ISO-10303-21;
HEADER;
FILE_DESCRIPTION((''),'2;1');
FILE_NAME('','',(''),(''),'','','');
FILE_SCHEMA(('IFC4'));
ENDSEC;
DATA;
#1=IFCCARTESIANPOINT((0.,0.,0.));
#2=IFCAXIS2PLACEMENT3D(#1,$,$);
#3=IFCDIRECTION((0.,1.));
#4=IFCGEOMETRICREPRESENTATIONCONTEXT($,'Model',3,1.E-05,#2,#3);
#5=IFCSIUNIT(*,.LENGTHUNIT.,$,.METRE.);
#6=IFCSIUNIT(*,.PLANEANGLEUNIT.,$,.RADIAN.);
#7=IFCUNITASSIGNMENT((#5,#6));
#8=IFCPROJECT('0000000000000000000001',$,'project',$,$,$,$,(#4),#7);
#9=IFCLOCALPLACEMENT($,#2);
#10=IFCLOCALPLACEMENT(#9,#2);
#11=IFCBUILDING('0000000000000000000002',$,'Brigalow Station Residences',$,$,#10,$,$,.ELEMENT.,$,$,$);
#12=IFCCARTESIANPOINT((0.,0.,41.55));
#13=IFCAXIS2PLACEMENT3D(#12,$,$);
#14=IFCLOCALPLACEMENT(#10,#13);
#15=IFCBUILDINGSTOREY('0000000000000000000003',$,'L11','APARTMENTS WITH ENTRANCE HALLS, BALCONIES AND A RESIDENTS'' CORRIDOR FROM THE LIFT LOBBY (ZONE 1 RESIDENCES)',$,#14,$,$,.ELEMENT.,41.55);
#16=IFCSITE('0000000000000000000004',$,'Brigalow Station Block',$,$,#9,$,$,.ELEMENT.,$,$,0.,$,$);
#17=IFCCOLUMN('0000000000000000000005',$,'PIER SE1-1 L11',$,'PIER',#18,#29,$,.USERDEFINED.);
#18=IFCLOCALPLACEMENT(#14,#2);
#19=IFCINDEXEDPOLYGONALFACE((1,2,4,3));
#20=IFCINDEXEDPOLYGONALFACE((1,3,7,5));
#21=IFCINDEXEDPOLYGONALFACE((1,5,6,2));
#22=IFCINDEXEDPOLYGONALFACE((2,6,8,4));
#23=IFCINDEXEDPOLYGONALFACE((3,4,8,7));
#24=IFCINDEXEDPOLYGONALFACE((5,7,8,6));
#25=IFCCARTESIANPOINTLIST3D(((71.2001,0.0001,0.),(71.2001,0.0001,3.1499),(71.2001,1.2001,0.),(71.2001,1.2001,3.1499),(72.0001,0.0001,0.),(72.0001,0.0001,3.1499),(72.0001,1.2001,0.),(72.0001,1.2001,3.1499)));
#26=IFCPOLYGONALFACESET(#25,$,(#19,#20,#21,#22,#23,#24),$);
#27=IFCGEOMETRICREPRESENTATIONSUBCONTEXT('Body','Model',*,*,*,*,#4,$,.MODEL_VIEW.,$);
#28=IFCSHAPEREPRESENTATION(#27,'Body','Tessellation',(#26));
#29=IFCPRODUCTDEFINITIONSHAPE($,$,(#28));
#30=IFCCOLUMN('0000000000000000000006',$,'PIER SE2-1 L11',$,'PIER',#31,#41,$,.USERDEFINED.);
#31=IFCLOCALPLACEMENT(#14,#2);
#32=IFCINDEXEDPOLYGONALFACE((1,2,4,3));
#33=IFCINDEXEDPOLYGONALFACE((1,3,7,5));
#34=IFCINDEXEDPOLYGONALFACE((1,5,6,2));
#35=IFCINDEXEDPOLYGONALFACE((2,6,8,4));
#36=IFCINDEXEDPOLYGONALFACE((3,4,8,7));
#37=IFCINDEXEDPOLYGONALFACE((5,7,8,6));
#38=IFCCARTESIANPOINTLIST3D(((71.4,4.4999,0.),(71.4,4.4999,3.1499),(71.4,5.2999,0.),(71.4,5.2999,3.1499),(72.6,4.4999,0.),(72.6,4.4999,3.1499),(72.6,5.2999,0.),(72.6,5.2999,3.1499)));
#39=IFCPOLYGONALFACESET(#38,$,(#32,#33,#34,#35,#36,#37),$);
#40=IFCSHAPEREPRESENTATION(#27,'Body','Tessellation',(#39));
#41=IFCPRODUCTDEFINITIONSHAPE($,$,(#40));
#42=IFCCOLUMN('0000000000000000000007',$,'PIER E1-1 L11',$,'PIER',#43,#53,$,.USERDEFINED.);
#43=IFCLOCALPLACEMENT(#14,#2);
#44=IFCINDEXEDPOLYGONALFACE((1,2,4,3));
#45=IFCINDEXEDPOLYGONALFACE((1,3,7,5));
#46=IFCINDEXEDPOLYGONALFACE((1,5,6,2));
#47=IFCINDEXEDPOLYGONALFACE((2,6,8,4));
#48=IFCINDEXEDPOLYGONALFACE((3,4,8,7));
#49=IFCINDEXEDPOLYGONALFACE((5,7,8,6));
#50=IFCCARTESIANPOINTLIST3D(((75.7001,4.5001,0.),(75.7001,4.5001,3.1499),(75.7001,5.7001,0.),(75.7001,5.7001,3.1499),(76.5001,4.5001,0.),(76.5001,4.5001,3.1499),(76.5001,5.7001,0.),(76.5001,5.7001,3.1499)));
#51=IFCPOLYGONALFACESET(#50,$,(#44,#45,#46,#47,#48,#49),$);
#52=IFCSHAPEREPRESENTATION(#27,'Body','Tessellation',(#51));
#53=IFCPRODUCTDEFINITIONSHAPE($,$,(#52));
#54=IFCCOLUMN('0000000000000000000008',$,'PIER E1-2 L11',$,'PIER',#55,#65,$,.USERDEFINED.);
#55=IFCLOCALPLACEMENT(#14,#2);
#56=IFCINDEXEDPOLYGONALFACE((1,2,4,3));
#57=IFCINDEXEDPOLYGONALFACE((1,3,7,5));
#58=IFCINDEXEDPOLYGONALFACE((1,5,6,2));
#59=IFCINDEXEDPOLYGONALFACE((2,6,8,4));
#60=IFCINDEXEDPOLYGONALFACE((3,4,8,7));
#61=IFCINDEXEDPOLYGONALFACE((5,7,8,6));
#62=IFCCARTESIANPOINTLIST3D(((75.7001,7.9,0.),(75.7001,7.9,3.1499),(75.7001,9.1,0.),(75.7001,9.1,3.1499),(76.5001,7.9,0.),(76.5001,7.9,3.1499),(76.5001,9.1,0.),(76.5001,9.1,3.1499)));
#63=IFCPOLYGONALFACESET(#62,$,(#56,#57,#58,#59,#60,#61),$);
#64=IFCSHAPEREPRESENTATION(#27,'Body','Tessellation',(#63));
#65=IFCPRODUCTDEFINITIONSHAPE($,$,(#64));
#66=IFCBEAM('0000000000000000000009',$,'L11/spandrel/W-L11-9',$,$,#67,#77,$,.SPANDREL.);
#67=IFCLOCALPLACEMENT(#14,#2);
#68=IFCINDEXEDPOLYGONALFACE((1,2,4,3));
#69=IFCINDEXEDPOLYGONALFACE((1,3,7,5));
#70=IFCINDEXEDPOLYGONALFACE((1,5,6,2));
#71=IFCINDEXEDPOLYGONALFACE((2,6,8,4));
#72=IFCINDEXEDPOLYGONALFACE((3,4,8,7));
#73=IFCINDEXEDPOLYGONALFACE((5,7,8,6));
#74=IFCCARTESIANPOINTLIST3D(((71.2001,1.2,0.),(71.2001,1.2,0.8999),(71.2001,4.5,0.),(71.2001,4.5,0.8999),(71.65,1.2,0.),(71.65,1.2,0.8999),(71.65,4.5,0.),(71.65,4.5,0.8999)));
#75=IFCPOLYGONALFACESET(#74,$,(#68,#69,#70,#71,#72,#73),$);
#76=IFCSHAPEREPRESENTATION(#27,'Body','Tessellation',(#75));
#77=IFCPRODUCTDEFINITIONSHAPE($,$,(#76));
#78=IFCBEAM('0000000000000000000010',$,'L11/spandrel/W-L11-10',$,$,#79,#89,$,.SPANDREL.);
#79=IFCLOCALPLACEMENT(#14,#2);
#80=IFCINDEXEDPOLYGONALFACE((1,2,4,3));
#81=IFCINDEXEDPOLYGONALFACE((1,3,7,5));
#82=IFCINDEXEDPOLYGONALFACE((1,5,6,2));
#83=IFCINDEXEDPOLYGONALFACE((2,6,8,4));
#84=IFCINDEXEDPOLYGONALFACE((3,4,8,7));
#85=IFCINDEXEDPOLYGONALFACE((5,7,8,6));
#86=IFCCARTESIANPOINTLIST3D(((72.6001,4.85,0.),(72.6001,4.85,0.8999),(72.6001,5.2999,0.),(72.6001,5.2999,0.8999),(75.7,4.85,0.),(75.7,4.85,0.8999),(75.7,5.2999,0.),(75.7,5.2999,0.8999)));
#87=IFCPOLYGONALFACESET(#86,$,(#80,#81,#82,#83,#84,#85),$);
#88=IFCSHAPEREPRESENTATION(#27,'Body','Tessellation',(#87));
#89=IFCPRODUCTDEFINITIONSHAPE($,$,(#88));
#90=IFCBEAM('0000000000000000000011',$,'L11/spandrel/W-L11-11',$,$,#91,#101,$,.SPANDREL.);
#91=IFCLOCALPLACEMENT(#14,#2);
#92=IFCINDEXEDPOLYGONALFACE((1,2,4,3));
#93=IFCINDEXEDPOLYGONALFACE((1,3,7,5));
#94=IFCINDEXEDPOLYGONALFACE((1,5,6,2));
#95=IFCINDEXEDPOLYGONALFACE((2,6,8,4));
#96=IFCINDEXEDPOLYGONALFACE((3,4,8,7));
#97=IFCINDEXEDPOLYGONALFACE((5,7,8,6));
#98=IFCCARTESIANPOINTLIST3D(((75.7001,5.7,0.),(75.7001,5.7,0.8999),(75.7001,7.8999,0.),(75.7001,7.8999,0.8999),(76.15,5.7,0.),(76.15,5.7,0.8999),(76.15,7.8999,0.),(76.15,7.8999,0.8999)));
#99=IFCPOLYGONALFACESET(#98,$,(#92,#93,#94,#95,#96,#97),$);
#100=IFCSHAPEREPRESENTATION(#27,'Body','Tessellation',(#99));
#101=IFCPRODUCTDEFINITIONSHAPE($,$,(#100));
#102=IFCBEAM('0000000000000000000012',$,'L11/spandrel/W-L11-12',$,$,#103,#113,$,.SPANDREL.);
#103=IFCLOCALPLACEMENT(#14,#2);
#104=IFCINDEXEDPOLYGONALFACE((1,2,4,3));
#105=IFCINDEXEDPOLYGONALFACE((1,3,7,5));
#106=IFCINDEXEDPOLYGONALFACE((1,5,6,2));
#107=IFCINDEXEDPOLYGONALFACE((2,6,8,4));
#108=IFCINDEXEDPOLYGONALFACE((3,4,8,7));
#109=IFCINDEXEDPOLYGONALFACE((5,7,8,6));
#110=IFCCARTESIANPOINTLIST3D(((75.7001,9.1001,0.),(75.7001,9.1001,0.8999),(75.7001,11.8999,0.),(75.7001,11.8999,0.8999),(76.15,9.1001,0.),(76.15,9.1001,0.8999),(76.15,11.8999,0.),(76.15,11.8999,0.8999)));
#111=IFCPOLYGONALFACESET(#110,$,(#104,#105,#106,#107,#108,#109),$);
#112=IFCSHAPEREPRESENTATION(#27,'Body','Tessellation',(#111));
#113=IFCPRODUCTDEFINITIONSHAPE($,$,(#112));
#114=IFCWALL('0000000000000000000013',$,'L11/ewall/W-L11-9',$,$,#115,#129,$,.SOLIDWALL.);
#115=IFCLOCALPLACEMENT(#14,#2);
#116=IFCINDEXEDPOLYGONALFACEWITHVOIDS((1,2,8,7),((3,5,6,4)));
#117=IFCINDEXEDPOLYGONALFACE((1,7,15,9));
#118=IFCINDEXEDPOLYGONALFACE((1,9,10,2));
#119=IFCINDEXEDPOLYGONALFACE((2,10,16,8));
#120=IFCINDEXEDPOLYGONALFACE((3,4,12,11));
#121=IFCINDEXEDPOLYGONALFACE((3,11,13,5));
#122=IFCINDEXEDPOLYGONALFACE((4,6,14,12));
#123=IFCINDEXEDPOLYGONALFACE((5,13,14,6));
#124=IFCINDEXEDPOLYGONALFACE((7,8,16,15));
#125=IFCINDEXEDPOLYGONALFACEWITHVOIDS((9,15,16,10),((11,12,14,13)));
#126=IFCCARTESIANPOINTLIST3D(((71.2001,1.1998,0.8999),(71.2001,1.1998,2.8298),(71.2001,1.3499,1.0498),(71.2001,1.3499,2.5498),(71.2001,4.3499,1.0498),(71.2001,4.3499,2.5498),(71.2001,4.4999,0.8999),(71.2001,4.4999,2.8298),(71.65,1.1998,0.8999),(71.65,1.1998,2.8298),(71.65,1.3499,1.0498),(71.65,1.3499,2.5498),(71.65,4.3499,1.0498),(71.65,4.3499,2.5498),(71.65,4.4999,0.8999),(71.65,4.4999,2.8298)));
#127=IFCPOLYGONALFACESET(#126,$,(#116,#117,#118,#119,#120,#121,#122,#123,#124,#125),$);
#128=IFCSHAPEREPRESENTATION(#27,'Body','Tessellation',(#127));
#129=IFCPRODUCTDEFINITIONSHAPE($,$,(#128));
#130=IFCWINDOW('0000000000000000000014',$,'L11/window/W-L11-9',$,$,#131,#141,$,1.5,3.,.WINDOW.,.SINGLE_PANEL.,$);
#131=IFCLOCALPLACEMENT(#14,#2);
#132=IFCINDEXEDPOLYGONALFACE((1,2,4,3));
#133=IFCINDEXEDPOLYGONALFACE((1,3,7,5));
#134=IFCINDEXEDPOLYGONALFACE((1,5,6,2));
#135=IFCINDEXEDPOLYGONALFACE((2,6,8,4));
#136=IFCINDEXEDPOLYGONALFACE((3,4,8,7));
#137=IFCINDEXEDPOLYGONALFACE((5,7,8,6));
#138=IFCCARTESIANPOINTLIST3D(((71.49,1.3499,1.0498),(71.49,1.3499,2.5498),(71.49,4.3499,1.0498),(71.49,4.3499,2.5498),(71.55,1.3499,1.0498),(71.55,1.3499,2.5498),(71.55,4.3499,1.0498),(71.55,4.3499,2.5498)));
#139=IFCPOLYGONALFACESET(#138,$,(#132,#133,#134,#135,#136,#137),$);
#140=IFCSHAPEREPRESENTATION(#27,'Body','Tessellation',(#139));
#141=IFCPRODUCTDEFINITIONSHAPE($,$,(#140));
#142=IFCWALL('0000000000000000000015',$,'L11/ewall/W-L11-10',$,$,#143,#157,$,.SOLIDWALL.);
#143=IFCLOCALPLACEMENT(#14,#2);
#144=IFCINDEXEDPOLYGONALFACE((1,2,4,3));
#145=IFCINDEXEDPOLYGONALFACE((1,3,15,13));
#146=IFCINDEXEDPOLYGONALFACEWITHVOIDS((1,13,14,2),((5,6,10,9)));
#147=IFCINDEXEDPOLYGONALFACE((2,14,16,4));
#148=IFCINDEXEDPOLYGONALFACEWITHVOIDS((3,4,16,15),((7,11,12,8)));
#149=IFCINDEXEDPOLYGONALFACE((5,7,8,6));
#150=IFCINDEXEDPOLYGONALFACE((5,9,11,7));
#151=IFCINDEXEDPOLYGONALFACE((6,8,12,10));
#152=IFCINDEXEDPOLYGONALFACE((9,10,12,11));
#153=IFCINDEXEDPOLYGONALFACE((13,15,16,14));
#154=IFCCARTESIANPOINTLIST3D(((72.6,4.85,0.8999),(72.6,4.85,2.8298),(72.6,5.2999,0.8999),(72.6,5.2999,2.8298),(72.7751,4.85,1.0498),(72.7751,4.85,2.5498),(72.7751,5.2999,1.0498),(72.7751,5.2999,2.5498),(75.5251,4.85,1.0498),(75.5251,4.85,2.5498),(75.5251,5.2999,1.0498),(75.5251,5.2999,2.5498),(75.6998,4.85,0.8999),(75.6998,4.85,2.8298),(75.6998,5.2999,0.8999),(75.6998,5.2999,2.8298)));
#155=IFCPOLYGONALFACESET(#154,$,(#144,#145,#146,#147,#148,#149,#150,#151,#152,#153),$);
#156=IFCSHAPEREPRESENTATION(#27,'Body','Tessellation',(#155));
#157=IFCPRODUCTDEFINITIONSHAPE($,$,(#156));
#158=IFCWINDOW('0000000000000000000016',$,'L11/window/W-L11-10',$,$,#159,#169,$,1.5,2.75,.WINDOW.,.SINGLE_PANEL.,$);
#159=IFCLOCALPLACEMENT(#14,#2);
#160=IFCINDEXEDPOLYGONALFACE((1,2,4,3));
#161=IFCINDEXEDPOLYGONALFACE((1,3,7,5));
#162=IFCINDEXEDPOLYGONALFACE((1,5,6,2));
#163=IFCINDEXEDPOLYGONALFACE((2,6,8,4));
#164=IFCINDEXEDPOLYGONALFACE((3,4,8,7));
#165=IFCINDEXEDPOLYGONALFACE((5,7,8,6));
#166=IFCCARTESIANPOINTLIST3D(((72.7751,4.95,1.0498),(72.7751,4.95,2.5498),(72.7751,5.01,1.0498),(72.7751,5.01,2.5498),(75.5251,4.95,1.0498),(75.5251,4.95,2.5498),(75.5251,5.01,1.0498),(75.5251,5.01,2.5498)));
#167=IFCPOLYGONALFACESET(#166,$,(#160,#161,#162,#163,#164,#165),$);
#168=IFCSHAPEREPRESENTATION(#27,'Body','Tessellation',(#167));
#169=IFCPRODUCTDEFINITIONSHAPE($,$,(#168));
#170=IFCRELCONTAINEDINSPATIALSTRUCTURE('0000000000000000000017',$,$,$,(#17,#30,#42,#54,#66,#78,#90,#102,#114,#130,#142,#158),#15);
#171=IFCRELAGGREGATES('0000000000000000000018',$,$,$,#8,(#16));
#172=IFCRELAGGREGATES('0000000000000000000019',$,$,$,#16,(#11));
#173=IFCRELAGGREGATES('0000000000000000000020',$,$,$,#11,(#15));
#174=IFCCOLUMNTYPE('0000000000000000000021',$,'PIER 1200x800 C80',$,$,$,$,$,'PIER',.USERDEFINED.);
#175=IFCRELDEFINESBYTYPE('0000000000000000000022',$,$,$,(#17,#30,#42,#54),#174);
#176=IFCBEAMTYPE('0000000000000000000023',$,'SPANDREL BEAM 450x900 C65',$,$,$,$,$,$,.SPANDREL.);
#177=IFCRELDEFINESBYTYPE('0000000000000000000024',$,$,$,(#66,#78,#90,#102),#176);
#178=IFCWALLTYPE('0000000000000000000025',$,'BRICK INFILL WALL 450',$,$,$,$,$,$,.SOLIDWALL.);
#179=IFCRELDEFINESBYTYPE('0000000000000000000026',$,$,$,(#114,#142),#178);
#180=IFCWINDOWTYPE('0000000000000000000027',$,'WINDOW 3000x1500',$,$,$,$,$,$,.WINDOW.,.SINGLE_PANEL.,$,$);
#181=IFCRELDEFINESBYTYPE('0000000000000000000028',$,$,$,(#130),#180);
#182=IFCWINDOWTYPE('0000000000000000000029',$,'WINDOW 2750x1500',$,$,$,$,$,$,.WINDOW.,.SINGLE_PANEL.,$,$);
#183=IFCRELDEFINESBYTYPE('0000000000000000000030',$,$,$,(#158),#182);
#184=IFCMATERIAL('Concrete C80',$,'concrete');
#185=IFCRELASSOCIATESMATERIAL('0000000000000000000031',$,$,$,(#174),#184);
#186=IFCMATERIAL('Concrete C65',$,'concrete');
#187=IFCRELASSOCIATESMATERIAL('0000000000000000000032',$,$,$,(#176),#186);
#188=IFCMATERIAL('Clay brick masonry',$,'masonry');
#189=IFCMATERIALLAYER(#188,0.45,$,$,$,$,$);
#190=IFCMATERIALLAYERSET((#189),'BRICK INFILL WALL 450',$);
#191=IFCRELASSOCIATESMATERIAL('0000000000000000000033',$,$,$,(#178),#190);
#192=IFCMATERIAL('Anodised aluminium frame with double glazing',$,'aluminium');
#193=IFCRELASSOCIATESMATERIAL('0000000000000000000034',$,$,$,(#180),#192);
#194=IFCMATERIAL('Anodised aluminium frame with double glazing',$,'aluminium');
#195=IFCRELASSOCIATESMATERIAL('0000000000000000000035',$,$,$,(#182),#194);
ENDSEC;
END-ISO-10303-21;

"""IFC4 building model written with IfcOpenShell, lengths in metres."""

from ifc_helpers import new_model, si_unit, direction, frame, frame_2d, origin, origin_2d, place, context, subcontext, project, spatial, rectangle, extrude, material, layer, layer_set, material_profile, profile_set, type_object, element, fill, save


model = new_model("IFC4")

# Units and contexts
model_context = context("Model", 3, precision=1e-05, world=origin(), true_north=direction((0.0, 1.0)))
body_context = subcontext(model_context, "Body", "Model", "MODEL_VIEW")
ifc_project = project(units=[si_unit("LENGTHUNIT", "METRE"), si_unit("PLANEANGLEUNIT", "RADIAN")], contexts=[model_context])

# Site, building, storey
site_placement = place(None, origin())
site = spatial("IfcSite", under=ifc_project, at=site_placement, Name="Brigalow Station Block", CompositionType="ELEMENT", RefElevation=0.0)
building_placement = place(site_placement, origin())
building = spatial("IfcBuilding", under=site, at=building_placement, Name="Brigalow Station Residences", CompositionType="ELEMENT")
storey_placement = place(building_placement, frame((0.0, 0.0, 41.55)))
storey = spatial("IfcBuildingStorey", under=building, at=storey_placement, Name="L11", Description="APARTMENTS WITH ENTRANCE HALLS, BALCONIES AND A RESIDENTS' CORRIDOR FROM THE LIFT LOBBY (ZONE 1 RESIDENCES)", CompositionType="ELEMENT", Elevation=41.55)

# Columns
ifc_material_1 = material(Name="Concrete C80", Category="concrete")
ifc_material_profile_1 = material_profile(ifc_material_1, rectangle(XDim=1.2, YDim=0.8, at=origin_2d()), Name="RC1200x800")
ifc_profile_set_1 = profile_set([ifc_material_profile_1], Name="Concrete C80")
column_type = type_object("IfcColumnType", Name="PIER 1200x800 C80", ElementType="PIER", PredefinedType="USERDEFINED", material=ifc_profile_set_1)
for number, where, z_axis, x_axis, name in (
    (1, (71.6001, 0.6001, 0.0), (0.0, 0.0, 1.0), (0.0, 1.0, 0.0), "PIER SE1-1 L11"),
    (2, (72.0, 4.8999, 0.0), (0.0, 0.0, 1.0), (1.0, 0.0, 0.0), "PIER SE2-1 L11"),
    (3, (76.1001, 5.1001, 0.0), (0.0, 0.0, 1.0), (0.0, 1.0, 0.0), "PIER E1-1 L11"),
    (4, (76.1001, 8.5, 0.0), (0.0, 0.0, 1.0), (0.0, 1.0, 0.0), "PIER E1-2 L11"),
):
    element("IfcColumn", number, at=place(storey_placement, frame(where, z_axis=z_axis, x_axis=x_axis)), inside=storey, type_object=column_type, Name=name, ObjectType="PIER", PredefinedType="USERDEFINED", context=body_context, shape_type="SweptSolid", body=[
        extrude(rectangle(XDim=1.2, YDim=0.8, at=origin_2d()), origin(), (0.0, 0.0, 1.0), 3.1499),
    ])

# Beams
ifc_material_2 = material(Name="Concrete C65", Category="concrete")
ifc_material_profile_2 = material_profile(ifc_material_2, rectangle(XDim=0.45, YDim=0.8999, at=origin_2d()), Name="RC450x900")
ifc_profile_set_2 = profile_set([ifc_material_profile_2], Name="Concrete C65")
beam_type = type_object("IfcBeamType", Name="SPANDREL BEAM 450x900 C65", PredefinedType="SPANDREL", material=ifc_profile_set_2)
beam_1_placement = place(storey_placement, frame((71.425, 1.2, 0.45), z_axis=(0.0, 1.0, 0.0), x_axis=(-1.0, 0.0, 0.0)))
element("IfcBeam", 5, at=beam_1_placement, inside=storey, type_object=beam_type, Name="L11/spandrel/W-L11-9", PredefinedType="SPANDREL", context=body_context, shape_type="SweptSolid", body=[
    extrude(rectangle(XDim=0.45, YDim=0.8999, at=origin_2d()), origin(), (0.0, 0.0, 1.0), 3.3),
])
beam_2_placement = place(storey_placement, frame((72.6001, 5.075, 0.45), z_axis=(1.0, 0.0, 0.0), x_axis=(0.0, 1.0, 0.0)))
element("IfcBeam", 6, at=beam_2_placement, inside=storey, type_object=beam_type, Name="L11/spandrel/W-L11-10", PredefinedType="SPANDREL", context=body_context, shape_type="SweptSolid", body=[
    extrude(rectangle(XDim=0.45, YDim=0.8999, at=origin_2d()), origin(), (0.0, 0.0, 1.0), 3.0999),
])
beam_3_placement = place(storey_placement, frame((75.925, 5.7, 0.45), z_axis=(0.0, 1.0, 0.0), x_axis=(-1.0, 0.0, 0.0)))
element("IfcBeam", 7, at=beam_3_placement, inside=storey, type_object=beam_type, Name="L11/spandrel/W-L11-11", PredefinedType="SPANDREL", context=body_context, shape_type="SweptSolid", body=[
    extrude(rectangle(XDim=0.45, YDim=0.8999, at=origin_2d()), origin(), (0.0, 0.0, 1.0), 2.2),
])
beam_4_placement = place(storey_placement, frame((75.925, 9.1001, 0.45), z_axis=(0.0, 1.0, 0.0), x_axis=(-1.0, 0.0, 0.0)))
element("IfcBeam", 8, at=beam_4_placement, inside=storey, type_object=beam_type, Name="L11/spandrel/W-L11-12", PredefinedType="SPANDREL", context=body_context, shape_type="SweptSolid", body=[
    extrude(rectangle(XDim=0.45, YDim=0.8999, at=origin_2d()), origin(), (0.0, 0.0, 1.0), 2.7998),
])

# Walls, openings, windows
ifc_material_3 = material(Name="Clay brick masonry", Category="masonry")
ifc_layer_1 = layer(ifc_material_3, 0.45)
ifc_layer_set_1 = layer_set([ifc_layer_1], Name="BRICK INFILL WALL 450")
wall_type_1 = type_object("IfcWallType", Name="BRICK INFILL WALL 450", PredefinedType="SOLIDWALL", material=ifc_layer_set_1)
wall_1_placement = place(storey_placement, frame((71.425, 1.2, 0.8999), z_axis=(0.0, 0.0, 1.0), x_axis=(0.0, 1.0, 0.0)))
wall_1 = element("IfcWall", 9, at=wall_1_placement, inside=storey, type_object=wall_type_1, Name="L11/ewall/W-L11-9", PredefinedType="SOLIDWALL", context=body_context, shape_type="SweptSolid", body=[
    extrude(rectangle(XDim=3.3, YDim=0.45, at=frame_2d((1.6499, 0.0))), origin(), (0.0, 0.0, 1.0), 1.9299),
])
opening_1_placement = place(wall_1_placement, frame((0.1499, 0.0, 0.1499)))
opening_1 = element("IfcOpeningElement", 10, at=opening_1_placement, cuts=wall_1, PredefinedType="OPENING", context=body_context, shape_type="SweptSolid", body=[
    extrude(rectangle(XDim=3.0, YDim=1.5, at=frame_2d((1.5, 0.75))), frame((0.0, 0.2349, 0.0), z_axis=(0.0, -1.0, 0.0), x_axis=(1.0, 0.0, 0.0)), (0.0, 0.0, 1.0), 0.47),
])
ifc_material_4 = material(Name="Anodised aluminium frame with double glazing", Category="aluminium")
window_type_1 = type_object("IfcWindowType", Name="WINDOW 3000x1500", PartitioningType="SINGLE_PANEL", PredefinedType="WINDOW", material=ifc_material_4)
window_1_placement = place(opening_1_placement, origin())
window_1 = element("IfcWindow", 11, at=window_1_placement, inside=storey, type_object=window_type_1, Name="L11/window/W-L11-9", OverallHeight=1.5, OverallWidth=3.0, PartitioningType="SINGLE_PANEL", PredefinedType="WINDOW", context=body_context, shape_type="SweptSolid", body=[
    extrude(rectangle(XDim=3.0, YDim=1.5, at=frame_2d((1.5, 0.75))), frame((0.0, -0.0649, 0.0), z_axis=(0.0, -1.0, 0.0), x_axis=(1.0, 0.0, 0.0)), (0.0, 0.0, 1.0), 0.0601),
])
fill(opening_1, window_1)
wall_2_placement = place(storey_placement, frame((72.6001, 5.075, 0.8999), z_axis=(0.0, 0.0, 1.0), x_axis=(1.0, 0.0, 0.0)))
wall_2 = element("IfcWall", 12, at=wall_2_placement, inside=storey, type_object=wall_type_1, Name="L11/ewall/W-L11-10", PredefinedType="SOLIDWALL", context=body_context, shape_type="SweptSolid", body=[
    extrude(rectangle(XDim=3.0999, YDim=0.45, at=frame_2d((1.5498, 0.0))), origin(), (0.0, 0.0, 1.0), 1.9299),
])
opening_2_placement = place(wall_2_placement, frame((0.175, 0.0, 0.1499)))
opening_2 = element("IfcOpeningElement", 13, at=opening_2_placement, cuts=wall_2, PredefinedType="OPENING", context=body_context, shape_type="SweptSolid", body=[
    extrude(rectangle(XDim=2.75, YDim=1.5, at=frame_2d((1.375, 0.75))), frame((0.0, 0.2349, 0.0), z_axis=(0.0, -1.0, 0.0), x_axis=(1.0, 0.0, 0.0)), (0.0, 0.0, 1.0), 0.47),
])
ifc_material_5 = material(Name="Anodised aluminium frame with double glazing", Category="aluminium")
window_type_2 = type_object("IfcWindowType", Name="WINDOW 2750x1500", PartitioningType="SINGLE_PANEL", PredefinedType="WINDOW", material=ifc_material_5)
window_2_placement = place(opening_2_placement, origin())
window_2 = element("IfcWindow", 14, at=window_2_placement, inside=storey, type_object=window_type_2, Name="L11/window/W-L11-10", OverallHeight=1.5, OverallWidth=2.75, PartitioningType="SINGLE_PANEL", PredefinedType="WINDOW", context=body_context, shape_type="SweptSolid", body=[
    extrude(rectangle(XDim=2.75, YDim=1.5, at=frame_2d((1.375, 0.75))), frame((0.0, -0.0649, 0.0), z_axis=(0.0, -1.0, 0.0), x_axis=(1.0, 0.0, 0.0)), (0.0, 0.0, 1.0), 0.0601),
])
fill(opening_2, window_2)

save(model, "model.ifc")
